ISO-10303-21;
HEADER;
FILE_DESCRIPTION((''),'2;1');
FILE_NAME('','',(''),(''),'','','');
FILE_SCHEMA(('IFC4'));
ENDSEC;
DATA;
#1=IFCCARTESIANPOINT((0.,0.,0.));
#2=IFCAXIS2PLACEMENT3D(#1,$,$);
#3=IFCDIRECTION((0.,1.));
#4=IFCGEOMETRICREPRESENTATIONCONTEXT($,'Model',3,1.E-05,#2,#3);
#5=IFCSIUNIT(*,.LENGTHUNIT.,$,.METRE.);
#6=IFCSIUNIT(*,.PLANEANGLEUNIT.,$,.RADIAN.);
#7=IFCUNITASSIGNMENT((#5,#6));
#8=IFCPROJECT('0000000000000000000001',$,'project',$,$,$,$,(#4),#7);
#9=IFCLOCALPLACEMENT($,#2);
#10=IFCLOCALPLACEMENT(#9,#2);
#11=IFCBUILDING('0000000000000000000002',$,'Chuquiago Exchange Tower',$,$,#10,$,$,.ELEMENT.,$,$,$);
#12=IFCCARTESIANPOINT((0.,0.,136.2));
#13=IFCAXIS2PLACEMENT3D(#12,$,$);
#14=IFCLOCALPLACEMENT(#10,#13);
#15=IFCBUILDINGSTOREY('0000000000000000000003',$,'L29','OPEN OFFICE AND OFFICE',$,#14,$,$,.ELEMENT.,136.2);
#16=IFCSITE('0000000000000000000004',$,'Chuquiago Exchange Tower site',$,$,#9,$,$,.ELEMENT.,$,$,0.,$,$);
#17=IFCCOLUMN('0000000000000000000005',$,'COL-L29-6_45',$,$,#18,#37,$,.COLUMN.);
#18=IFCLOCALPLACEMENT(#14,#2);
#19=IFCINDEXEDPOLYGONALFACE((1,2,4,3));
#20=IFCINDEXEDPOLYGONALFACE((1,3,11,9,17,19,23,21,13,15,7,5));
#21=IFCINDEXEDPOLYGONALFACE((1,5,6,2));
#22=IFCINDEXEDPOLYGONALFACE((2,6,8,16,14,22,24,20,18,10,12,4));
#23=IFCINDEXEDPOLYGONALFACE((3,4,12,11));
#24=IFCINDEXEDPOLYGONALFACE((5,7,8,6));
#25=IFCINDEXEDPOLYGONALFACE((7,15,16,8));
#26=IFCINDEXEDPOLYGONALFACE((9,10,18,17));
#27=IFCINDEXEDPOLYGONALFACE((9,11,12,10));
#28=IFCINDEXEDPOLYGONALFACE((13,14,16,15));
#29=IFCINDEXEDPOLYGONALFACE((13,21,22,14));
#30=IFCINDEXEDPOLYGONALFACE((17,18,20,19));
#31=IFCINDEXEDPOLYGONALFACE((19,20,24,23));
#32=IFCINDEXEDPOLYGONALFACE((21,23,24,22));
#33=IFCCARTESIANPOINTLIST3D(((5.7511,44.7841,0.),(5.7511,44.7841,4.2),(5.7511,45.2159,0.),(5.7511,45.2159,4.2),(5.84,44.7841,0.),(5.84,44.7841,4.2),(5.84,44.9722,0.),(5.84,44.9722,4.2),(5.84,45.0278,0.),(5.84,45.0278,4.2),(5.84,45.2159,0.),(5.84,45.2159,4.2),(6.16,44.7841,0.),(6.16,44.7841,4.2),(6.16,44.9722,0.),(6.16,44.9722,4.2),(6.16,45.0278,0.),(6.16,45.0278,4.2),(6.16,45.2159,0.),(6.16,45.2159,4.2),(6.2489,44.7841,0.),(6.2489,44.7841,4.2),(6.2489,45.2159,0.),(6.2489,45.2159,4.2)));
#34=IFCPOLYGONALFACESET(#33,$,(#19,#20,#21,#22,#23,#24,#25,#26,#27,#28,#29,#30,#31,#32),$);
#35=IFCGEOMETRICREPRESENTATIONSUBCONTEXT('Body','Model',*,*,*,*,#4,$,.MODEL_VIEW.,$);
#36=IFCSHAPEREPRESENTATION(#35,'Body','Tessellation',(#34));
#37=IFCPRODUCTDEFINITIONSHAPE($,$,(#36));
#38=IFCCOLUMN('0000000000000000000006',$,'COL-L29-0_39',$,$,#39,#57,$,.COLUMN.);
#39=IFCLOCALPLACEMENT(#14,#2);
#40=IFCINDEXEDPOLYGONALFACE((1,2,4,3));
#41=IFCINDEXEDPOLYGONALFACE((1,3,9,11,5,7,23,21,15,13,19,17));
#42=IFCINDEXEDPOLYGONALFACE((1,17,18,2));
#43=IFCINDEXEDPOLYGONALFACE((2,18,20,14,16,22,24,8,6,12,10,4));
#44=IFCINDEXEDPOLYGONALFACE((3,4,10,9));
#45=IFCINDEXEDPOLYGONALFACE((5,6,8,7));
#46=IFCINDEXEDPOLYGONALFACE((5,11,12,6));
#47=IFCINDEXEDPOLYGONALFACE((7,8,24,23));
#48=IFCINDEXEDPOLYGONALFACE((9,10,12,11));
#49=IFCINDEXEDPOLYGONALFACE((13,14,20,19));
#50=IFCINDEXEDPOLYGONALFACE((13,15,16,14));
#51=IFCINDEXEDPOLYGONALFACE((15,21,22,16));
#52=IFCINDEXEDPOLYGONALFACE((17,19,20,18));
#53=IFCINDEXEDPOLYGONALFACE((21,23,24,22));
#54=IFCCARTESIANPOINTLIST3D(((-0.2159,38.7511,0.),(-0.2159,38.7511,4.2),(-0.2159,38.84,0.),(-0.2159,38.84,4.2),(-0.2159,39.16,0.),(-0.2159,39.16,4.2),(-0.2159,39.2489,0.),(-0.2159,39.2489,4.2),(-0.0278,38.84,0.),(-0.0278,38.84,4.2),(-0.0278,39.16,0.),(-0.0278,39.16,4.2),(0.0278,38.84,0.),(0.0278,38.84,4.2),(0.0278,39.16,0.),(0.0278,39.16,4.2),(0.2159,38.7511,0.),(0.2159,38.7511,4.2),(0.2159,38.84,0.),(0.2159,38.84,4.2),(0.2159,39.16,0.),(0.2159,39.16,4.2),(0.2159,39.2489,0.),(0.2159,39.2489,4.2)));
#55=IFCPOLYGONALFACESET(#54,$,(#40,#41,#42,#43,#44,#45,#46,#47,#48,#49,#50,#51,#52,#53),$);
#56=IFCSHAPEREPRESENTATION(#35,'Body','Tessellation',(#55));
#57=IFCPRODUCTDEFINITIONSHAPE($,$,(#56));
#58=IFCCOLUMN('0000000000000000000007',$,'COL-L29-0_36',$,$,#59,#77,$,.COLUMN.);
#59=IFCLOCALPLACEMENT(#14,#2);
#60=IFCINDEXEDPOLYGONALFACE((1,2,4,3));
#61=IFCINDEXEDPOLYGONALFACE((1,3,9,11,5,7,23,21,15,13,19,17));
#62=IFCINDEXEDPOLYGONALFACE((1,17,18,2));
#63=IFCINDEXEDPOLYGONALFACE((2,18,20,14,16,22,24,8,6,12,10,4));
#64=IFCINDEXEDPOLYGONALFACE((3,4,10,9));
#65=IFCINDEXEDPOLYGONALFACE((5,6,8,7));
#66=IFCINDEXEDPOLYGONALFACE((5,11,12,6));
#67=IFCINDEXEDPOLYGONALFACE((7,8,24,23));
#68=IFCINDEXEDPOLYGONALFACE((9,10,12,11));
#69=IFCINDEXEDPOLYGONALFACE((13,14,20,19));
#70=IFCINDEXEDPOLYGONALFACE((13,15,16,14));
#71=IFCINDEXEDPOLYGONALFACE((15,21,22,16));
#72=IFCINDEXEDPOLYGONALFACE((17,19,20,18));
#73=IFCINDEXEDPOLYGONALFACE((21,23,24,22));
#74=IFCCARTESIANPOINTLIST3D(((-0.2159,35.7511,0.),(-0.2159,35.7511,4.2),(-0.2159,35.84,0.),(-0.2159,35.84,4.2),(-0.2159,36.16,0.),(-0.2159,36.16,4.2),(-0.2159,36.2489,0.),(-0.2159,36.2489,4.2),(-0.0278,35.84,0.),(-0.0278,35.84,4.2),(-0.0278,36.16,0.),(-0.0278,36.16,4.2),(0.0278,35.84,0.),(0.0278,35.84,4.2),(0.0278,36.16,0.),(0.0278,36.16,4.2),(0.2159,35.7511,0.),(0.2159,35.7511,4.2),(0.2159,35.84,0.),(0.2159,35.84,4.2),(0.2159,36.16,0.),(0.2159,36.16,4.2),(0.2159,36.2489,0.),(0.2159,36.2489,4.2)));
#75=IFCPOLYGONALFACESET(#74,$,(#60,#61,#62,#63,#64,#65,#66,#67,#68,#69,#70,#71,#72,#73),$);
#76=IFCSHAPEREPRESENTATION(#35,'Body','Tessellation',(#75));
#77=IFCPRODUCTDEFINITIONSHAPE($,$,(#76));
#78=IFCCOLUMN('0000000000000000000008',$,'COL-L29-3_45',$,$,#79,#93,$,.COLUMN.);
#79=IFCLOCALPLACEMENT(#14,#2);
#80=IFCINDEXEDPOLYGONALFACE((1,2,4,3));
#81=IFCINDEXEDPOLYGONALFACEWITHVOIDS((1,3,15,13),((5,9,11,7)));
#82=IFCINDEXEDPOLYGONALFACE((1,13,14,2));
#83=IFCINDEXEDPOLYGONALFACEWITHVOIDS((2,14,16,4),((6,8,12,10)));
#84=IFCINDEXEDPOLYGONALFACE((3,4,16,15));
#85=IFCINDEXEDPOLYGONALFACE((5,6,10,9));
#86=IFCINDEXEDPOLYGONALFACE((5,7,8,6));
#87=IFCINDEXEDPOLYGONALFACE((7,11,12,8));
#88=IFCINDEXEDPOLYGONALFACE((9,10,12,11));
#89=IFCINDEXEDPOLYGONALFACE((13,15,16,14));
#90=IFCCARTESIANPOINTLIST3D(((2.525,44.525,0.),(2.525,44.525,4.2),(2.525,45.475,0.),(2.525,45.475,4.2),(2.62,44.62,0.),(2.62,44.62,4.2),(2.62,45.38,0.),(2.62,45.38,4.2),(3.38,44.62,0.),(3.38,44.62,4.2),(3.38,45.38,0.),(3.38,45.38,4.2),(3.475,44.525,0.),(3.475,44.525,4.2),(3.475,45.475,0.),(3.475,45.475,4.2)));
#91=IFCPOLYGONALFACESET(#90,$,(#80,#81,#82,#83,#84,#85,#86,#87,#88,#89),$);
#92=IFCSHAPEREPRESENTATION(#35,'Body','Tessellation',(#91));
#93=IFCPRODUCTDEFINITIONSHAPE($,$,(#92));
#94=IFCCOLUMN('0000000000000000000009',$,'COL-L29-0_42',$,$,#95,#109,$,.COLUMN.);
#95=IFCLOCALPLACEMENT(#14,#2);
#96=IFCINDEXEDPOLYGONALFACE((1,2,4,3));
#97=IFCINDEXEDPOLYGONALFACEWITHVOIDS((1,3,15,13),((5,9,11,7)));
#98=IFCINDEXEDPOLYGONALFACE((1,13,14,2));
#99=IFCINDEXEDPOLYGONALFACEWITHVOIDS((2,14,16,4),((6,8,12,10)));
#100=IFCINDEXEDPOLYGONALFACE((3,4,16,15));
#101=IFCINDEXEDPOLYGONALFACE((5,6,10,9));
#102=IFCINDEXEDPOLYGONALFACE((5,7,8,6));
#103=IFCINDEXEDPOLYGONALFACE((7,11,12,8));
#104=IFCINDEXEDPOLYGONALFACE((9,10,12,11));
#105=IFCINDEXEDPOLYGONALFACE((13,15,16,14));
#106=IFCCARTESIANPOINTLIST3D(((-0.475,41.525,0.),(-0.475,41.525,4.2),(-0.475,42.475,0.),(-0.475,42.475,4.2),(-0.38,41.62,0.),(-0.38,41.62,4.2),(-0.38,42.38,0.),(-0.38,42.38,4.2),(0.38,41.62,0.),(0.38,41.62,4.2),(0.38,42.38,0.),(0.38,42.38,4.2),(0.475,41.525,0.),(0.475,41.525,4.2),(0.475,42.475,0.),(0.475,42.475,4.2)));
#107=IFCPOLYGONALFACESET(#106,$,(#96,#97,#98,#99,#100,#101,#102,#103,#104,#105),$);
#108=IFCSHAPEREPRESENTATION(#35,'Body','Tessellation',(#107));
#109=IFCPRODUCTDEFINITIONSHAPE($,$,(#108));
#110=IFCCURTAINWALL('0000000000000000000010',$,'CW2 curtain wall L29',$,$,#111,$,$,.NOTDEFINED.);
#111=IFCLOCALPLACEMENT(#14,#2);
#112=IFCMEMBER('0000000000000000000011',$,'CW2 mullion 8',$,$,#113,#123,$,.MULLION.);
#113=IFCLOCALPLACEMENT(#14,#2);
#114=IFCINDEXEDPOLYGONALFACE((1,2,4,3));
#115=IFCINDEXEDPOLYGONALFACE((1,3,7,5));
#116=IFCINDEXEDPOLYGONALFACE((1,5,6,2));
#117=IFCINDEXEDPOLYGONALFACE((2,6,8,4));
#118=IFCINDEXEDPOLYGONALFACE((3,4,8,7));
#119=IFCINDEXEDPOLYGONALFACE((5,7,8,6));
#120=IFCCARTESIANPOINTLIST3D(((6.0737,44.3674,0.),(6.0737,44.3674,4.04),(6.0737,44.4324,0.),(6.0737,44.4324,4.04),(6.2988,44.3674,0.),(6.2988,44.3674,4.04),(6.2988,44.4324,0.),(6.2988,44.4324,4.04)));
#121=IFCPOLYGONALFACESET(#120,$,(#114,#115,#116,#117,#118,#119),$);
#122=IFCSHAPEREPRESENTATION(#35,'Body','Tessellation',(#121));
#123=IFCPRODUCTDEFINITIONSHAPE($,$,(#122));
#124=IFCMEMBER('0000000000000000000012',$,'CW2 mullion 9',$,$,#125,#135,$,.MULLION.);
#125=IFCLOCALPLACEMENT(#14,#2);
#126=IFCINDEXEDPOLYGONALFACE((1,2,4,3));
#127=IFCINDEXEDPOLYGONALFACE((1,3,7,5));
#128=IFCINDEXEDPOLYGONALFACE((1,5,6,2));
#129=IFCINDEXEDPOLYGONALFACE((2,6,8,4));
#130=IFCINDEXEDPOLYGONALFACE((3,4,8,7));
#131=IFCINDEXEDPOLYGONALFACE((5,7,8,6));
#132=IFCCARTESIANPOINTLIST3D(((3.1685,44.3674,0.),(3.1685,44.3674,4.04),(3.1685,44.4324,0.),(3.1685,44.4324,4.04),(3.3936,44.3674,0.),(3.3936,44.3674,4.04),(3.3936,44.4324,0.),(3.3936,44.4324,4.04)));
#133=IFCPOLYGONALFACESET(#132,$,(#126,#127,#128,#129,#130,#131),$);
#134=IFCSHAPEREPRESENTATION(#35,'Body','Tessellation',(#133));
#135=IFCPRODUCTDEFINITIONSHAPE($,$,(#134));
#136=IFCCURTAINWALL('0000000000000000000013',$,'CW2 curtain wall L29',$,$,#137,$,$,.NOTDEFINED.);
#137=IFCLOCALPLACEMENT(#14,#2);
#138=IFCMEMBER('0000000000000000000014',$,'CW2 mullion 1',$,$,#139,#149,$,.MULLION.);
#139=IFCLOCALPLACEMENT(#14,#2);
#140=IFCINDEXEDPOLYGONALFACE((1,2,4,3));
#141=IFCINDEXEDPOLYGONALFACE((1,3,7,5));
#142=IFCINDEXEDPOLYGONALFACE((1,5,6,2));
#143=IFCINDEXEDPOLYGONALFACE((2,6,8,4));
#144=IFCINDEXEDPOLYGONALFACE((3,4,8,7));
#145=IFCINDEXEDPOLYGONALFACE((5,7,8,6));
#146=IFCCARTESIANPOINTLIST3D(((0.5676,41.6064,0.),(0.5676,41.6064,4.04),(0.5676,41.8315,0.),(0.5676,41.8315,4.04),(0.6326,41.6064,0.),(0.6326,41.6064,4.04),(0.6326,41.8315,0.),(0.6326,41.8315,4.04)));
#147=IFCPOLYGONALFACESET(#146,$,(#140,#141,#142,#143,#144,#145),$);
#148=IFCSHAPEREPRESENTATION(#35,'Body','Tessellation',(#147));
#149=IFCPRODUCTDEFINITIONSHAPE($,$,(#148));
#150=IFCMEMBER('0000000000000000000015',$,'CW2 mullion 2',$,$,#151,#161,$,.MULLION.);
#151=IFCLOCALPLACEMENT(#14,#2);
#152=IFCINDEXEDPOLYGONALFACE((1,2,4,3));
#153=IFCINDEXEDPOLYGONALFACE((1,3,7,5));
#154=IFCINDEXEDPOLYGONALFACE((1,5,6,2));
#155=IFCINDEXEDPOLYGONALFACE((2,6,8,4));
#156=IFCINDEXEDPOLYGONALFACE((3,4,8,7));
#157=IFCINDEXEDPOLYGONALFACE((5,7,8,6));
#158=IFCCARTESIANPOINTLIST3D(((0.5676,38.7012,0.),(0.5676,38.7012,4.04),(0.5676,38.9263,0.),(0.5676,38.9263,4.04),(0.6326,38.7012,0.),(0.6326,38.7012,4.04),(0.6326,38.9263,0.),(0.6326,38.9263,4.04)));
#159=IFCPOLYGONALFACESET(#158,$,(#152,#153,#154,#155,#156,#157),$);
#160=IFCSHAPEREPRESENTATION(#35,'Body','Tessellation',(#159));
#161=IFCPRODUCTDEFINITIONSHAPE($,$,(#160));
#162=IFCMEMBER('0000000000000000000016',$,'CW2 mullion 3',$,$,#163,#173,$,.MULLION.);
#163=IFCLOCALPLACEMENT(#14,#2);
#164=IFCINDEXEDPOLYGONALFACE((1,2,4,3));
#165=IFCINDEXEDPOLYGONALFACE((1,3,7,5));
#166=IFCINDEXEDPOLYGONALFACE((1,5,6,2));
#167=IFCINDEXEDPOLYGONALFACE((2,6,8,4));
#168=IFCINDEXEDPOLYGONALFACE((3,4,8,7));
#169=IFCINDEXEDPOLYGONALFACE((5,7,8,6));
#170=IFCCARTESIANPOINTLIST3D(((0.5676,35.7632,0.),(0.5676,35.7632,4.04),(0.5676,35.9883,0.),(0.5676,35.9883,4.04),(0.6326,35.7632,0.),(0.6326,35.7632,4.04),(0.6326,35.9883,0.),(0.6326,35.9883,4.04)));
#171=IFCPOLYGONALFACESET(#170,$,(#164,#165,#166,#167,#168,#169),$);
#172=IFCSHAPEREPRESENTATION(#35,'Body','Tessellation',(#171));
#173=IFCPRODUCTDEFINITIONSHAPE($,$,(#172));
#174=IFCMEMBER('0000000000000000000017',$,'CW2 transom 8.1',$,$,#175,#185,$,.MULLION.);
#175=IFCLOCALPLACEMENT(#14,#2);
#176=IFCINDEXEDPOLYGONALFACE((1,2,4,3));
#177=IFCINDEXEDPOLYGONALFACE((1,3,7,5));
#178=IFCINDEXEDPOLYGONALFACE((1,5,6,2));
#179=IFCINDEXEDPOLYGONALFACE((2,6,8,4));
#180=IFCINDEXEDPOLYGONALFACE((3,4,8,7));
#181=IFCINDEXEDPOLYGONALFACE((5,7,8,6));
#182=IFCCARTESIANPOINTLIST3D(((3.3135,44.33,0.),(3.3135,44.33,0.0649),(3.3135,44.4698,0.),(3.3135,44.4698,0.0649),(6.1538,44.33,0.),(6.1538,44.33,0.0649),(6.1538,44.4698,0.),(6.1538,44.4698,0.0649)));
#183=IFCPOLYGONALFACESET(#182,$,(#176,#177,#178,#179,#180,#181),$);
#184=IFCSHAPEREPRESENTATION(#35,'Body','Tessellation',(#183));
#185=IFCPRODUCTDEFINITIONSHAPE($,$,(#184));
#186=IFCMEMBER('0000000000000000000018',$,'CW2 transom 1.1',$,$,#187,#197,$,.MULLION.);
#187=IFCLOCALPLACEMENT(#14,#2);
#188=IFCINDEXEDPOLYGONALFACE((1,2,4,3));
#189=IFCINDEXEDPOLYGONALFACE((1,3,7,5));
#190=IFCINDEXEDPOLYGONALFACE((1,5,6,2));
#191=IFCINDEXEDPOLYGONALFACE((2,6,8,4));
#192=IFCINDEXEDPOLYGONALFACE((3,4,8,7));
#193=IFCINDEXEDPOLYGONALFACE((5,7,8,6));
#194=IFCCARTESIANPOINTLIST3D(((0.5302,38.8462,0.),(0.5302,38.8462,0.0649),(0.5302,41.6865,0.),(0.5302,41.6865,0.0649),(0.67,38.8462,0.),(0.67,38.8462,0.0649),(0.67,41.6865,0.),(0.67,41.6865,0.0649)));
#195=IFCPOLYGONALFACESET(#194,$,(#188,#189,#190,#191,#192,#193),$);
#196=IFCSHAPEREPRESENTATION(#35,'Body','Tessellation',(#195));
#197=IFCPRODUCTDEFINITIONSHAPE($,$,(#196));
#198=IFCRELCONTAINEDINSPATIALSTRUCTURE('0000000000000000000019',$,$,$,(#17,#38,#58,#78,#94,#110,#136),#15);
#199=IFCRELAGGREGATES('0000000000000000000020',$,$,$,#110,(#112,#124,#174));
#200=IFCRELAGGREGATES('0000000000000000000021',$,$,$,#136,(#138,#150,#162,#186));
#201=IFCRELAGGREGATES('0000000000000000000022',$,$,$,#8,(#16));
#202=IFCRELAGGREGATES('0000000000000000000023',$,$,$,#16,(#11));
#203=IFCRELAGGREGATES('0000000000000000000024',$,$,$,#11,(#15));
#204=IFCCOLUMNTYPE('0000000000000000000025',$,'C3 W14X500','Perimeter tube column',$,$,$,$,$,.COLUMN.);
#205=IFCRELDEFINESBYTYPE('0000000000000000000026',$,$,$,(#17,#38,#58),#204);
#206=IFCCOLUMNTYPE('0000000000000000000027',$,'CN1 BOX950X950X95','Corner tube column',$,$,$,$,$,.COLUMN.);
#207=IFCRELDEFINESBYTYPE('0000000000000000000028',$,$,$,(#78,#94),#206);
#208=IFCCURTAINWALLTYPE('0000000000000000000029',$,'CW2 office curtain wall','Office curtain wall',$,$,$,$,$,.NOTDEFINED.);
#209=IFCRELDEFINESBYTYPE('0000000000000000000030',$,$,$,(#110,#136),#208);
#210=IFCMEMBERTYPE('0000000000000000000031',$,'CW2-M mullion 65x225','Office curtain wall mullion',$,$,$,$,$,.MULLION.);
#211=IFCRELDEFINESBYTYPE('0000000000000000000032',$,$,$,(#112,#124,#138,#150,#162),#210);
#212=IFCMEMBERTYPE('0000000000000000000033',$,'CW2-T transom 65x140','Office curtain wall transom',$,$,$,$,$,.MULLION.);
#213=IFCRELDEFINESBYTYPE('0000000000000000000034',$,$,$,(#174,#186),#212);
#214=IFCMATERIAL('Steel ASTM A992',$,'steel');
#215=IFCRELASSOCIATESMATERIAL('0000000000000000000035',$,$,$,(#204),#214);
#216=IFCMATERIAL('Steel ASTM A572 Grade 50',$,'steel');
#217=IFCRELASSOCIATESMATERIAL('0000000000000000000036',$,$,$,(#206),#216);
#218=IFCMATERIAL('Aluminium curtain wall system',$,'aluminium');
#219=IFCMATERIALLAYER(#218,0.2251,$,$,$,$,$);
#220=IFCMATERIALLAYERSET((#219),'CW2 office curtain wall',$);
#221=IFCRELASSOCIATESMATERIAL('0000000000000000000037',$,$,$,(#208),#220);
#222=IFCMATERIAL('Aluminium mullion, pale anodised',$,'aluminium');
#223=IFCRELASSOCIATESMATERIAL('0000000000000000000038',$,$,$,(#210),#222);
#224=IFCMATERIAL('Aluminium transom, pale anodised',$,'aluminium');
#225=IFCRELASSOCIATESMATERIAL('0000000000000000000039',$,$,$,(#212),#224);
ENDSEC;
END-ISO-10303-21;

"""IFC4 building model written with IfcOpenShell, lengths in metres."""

from ifc_helpers import new_model, si_unit, direction, frame, origin, origin_2d, place, context, subcontext, project, spatial, rectangle, hollow_rectangle, i_section, extrude, material, layer, layer_set, material_profile, profile_set, type_object, element, aggregate, save


model = new_model("IFC4")

# Units and contexts
model_context = context("Model", 3, precision=1e-05, world=origin(), true_north=direction((0.0, 1.0)))
body_context = subcontext(model_context, "Body", "Model", "MODEL_VIEW")
ifc_project = project(units=[si_unit("LENGTHUNIT", "METRE"), si_unit("PLANEANGLEUNIT", "RADIAN")], contexts=[model_context])

# Site, building, storey
site_placement = place(None, origin())
site = spatial("IfcSite", under=ifc_project, at=site_placement, Name="Chuquiago Exchange Tower site", CompositionType="ELEMENT", RefElevation=0.0)
building_placement = place(site_placement, origin())
building = spatial("IfcBuilding", under=site, at=building_placement, Name="Chuquiago Exchange Tower", CompositionType="ELEMENT")
storey_placement = place(building_placement, frame((0.0, 0.0, 136.2)))
storey = spatial("IfcBuildingStorey", under=building, at=storey_placement, Name="L29", Description="OPEN OFFICE AND OFFICE", CompositionType="ELEMENT", Elevation=136.2)

# Columns
ifc_material_1 = material(Name="Steel ASTM A992", Category="steel")
ifc_material_profile_1 = material_profile(ifc_material_1, i_section(OverallWidth=0.4319, OverallDepth=0.4978, WebThickness=0.0557, FlangeThickness=0.0889, at=origin_2d()), Name="W14X500")
ifc_profile_set_1 = profile_set([ifc_material_profile_1], Name="Steel ASTM A992")
column_type_1 = type_object("IfcColumnType", Name="C3 W14X500", Description="Perimeter tube column", PredefinedType="COLUMN", material=ifc_profile_set_1)
for number, where, z_axis, x_axis, name in (
    (1, (6.0, 45.0, 0.0), (0.0, 0.0, 1.0), (0.0, 1.0, 0.0), "COL-L29-6_45"),
    (2, (0.0, 39.0, 0.0), (0.0, 0.0, 1.0), (-1.0, 0.0, 0.0), "COL-L29-0_39"),
    (3, (0.0, 36.0, 0.0), (0.0, 0.0, 1.0), (-1.0, 0.0, 0.0), "COL-L29-0_36"),
):
    element("IfcColumn", number, at=place(storey_placement, frame(where, z_axis=z_axis, x_axis=x_axis)), inside=storey, type_object=column_type_1, Name=name, PredefinedType="COLUMN", context=body_context, shape_type="SweptSolid", body=[
        extrude(i_section(OverallWidth=0.4319, OverallDepth=0.4978, WebThickness=0.0557, FlangeThickness=0.0889, at=origin_2d()), origin(), (0.0, 0.0, 1.0), 4.2),
    ])
ifc_material_2 = material(Name="Steel ASTM A572 Grade 50", Category="steel")
ifc_material_profile_2 = material_profile(ifc_material_2, hollow_rectangle(XDim=0.95, YDim=0.95, WallThickness=0.095, at=origin_2d()), Name="BOX950X950X95")
ifc_profile_set_2 = profile_set([ifc_material_profile_2], Name="Steel ASTM A572 Grade 50")
column_type_2 = type_object("IfcColumnType", Name="CN1 BOX950X950X95", Description="Corner tube column", PredefinedType="COLUMN", material=ifc_profile_set_2)
for number, where, z_axis, x_axis, name in (
    (4, (3.0, 45.0, 0.0), (0.0, 0.0, 1.0), (0.0, 1.0, 0.0), "COL-L29-3_45"),
    (5, (0.0, 42.0, 0.0), (0.0, 0.0, 1.0), (-1.0, 0.0, 0.0), "COL-L29-0_42"),
):
    element("IfcColumn", number, at=place(storey_placement, frame(where, z_axis=z_axis, x_axis=x_axis)), inside=storey, type_object=column_type_2, Name=name, PredefinedType="COLUMN", context=body_context, shape_type="SweptSolid", body=[
        extrude(hollow_rectangle(XDim=0.95, YDim=0.95, WallThickness=0.095, at=origin_2d()), origin(), (0.0, 0.0, 1.0), 4.2),
    ])

# Curtain walls, members
ifc_material_3 = material(Name="Aluminium curtain wall system", Category="aluminium")
ifc_layer_1 = layer(ifc_material_3, 0.2251)
ifc_layer_set_1 = layer_set([ifc_layer_1], Name="CW2 office curtain wall")
curtain_wall_type_1 = type_object("IfcCurtainWallType", Name="CW2 office curtain wall", Description="Office curtain wall", PredefinedType="NOTDEFINED", material=ifc_layer_set_1)
curtain_wall_1_placement = place(storey_placement, origin())
curtain_wall_1 = element("IfcCurtainWall", 6, at=curtain_wall_1_placement, inside=storey, type_object=curtain_wall_type_1, Name="CW2 curtain wall L29", PredefinedType="NOTDEFINED")
ifc_material_4 = material(Name="Aluminium mullion, pale anodised", Category="aluminium")
ifc_material_profile_3 = material_profile(ifc_material_4, rectangle(XDim=0.0649, YDim=0.2251, at=origin_2d()), Name="AL 65x225")
ifc_profile_set_3 = profile_set([ifc_material_profile_3], Name="Aluminium mullion, pale anodised")
member_type_1 = type_object("IfcMemberType", Name="CW2-M mullion 65x225", Description="Office curtain wall mullion", PredefinedType="MULLION", material=ifc_profile_set_3)
member_1_placement = place(storey_placement, frame((6.1863, 44.3999, 0.0), z_axis=(0.0, 0.0, 1.0), x_axis=(0.0, -1.0, 0.0)))
member_1 = element("IfcMember", 7, at=member_1_placement, type_object=member_type_1, Name="CW2 mullion 8", PredefinedType="MULLION", context=body_context, shape_type="SweptSolid", body=[
    extrude(rectangle(XDim=0.0649, YDim=0.2251, at=origin_2d()), origin(), (0.0, 0.0, 1.0), 4.04),
])
member_2_placement = place(storey_placement, frame((3.281, 44.3999, 0.0), z_axis=(0.0, 0.0, 1.0), x_axis=(0.0, -1.0, 0.0)))
member_2 = element("IfcMember", 8, at=member_2_placement, type_object=member_type_1, Name="CW2 mullion 9", PredefinedType="MULLION", context=body_context, shape_type="SweptSolid", body=[
    extrude(rectangle(XDim=0.0649, YDim=0.2251, at=origin_2d()), origin(), (0.0, 0.0, 1.0), 4.04),
])
curtain_wall_2_placement = place(storey_placement, origin())
curtain_wall_2 = element("IfcCurtainWall", 9, at=curtain_wall_2_placement, inside=storey, type_object=curtain_wall_type_1, Name="CW2 curtain wall L29", PredefinedType="NOTDEFINED")
member_3_placement = place(storey_placement, frame((0.6001, 41.719, 0.0), z_axis=(0.0, 0.0, 1.0), x_axis=(1.0, 0.0, 0.0)))
member_3 = element("IfcMember", 10, at=member_3_placement, type_object=member_type_1, Name="CW2 mullion 1", PredefinedType="MULLION", context=body_context, shape_type="SweptSolid", body=[
    extrude(rectangle(XDim=0.0649, YDim=0.2251, at=origin_2d()), origin(), (0.0, 0.0, 1.0), 4.04),
])
member_4_placement = place(storey_placement, frame((0.6001, 38.8137, 0.0), z_axis=(0.0, 0.0, 1.0), x_axis=(1.0, 0.0, 0.0)))
member_4 = element("IfcMember", 11, at=member_4_placement, type_object=member_type_1, Name="CW2 mullion 2", PredefinedType="MULLION", context=body_context, shape_type="SweptSolid", body=[
    extrude(rectangle(XDim=0.0649, YDim=0.2251, at=origin_2d()), origin(), (0.0, 0.0, 1.0), 4.04),
])
member_5_placement = place(storey_placement, frame((0.6001, 35.8757, 0.0), z_axis=(0.0, 0.0, 1.0), x_axis=(1.0, 0.0, 0.0)))
member_5 = element("IfcMember", 12, at=member_5_placement, type_object=member_type_1, Name="CW2 mullion 3", PredefinedType="MULLION", context=body_context, shape_type="SweptSolid", body=[
    extrude(rectangle(XDim=0.0649, YDim=0.2251, at=origin_2d()), origin(), (0.0, 0.0, 1.0), 4.04),
])

# Members
ifc_material_5 = material(Name="Aluminium transom, pale anodised", Category="aluminium")
ifc_material_profile_4 = material_profile(ifc_material_5, rectangle(XDim=0.1399, YDim=0.0649, at=origin_2d()), Name="AL 140x65")
ifc_profile_set_4 = profile_set([ifc_material_profile_4], Name="Aluminium transom, pale anodised")
member_type_2 = type_object("IfcMemberType", Name="CW2-T transom 65x140", Description="Office curtain wall transom", PredefinedType="MULLION", material=ifc_profile_set_4)
member_6_placement = place(storey_placement, frame((6.1538, 44.3999, 0.0325), z_axis=(-1.0, 0.0, 0.0), x_axis=(0.0, -1.0, 0.0)))
member_6 = element("IfcMember", 13, at=member_6_placement, type_object=member_type_2, Name="CW2 transom 8.1", PredefinedType="MULLION", context=body_context, shape_type="SweptSolid", body=[
    extrude(rectangle(XDim=0.1399, YDim=0.0649, at=origin_2d()), origin(), (0.0, 0.0, 1.0), 2.8403),
])
member_7_placement = place(storey_placement, frame((0.6001, 41.6865, 0.0325), z_axis=(0.0, -1.0, 0.0), x_axis=(1.0, 0.0, 0.0)))
member_7 = element("IfcMember", 14, at=member_7_placement, type_object=member_type_2, Name="CW2 transom 1.1", PredefinedType="MULLION", context=body_context, shape_type="SweptSolid", body=[
    extrude(rectangle(XDim=0.1399, YDim=0.0649, at=origin_2d()), origin(), (0.0, 0.0, 1.0), 2.8403),
])

aggregate(curtain_wall_1, [member_1, member_2, member_6])
aggregate(curtain_wall_2, [member_3, member_4, member_5, member_7])

save(model, "model.ifc")
